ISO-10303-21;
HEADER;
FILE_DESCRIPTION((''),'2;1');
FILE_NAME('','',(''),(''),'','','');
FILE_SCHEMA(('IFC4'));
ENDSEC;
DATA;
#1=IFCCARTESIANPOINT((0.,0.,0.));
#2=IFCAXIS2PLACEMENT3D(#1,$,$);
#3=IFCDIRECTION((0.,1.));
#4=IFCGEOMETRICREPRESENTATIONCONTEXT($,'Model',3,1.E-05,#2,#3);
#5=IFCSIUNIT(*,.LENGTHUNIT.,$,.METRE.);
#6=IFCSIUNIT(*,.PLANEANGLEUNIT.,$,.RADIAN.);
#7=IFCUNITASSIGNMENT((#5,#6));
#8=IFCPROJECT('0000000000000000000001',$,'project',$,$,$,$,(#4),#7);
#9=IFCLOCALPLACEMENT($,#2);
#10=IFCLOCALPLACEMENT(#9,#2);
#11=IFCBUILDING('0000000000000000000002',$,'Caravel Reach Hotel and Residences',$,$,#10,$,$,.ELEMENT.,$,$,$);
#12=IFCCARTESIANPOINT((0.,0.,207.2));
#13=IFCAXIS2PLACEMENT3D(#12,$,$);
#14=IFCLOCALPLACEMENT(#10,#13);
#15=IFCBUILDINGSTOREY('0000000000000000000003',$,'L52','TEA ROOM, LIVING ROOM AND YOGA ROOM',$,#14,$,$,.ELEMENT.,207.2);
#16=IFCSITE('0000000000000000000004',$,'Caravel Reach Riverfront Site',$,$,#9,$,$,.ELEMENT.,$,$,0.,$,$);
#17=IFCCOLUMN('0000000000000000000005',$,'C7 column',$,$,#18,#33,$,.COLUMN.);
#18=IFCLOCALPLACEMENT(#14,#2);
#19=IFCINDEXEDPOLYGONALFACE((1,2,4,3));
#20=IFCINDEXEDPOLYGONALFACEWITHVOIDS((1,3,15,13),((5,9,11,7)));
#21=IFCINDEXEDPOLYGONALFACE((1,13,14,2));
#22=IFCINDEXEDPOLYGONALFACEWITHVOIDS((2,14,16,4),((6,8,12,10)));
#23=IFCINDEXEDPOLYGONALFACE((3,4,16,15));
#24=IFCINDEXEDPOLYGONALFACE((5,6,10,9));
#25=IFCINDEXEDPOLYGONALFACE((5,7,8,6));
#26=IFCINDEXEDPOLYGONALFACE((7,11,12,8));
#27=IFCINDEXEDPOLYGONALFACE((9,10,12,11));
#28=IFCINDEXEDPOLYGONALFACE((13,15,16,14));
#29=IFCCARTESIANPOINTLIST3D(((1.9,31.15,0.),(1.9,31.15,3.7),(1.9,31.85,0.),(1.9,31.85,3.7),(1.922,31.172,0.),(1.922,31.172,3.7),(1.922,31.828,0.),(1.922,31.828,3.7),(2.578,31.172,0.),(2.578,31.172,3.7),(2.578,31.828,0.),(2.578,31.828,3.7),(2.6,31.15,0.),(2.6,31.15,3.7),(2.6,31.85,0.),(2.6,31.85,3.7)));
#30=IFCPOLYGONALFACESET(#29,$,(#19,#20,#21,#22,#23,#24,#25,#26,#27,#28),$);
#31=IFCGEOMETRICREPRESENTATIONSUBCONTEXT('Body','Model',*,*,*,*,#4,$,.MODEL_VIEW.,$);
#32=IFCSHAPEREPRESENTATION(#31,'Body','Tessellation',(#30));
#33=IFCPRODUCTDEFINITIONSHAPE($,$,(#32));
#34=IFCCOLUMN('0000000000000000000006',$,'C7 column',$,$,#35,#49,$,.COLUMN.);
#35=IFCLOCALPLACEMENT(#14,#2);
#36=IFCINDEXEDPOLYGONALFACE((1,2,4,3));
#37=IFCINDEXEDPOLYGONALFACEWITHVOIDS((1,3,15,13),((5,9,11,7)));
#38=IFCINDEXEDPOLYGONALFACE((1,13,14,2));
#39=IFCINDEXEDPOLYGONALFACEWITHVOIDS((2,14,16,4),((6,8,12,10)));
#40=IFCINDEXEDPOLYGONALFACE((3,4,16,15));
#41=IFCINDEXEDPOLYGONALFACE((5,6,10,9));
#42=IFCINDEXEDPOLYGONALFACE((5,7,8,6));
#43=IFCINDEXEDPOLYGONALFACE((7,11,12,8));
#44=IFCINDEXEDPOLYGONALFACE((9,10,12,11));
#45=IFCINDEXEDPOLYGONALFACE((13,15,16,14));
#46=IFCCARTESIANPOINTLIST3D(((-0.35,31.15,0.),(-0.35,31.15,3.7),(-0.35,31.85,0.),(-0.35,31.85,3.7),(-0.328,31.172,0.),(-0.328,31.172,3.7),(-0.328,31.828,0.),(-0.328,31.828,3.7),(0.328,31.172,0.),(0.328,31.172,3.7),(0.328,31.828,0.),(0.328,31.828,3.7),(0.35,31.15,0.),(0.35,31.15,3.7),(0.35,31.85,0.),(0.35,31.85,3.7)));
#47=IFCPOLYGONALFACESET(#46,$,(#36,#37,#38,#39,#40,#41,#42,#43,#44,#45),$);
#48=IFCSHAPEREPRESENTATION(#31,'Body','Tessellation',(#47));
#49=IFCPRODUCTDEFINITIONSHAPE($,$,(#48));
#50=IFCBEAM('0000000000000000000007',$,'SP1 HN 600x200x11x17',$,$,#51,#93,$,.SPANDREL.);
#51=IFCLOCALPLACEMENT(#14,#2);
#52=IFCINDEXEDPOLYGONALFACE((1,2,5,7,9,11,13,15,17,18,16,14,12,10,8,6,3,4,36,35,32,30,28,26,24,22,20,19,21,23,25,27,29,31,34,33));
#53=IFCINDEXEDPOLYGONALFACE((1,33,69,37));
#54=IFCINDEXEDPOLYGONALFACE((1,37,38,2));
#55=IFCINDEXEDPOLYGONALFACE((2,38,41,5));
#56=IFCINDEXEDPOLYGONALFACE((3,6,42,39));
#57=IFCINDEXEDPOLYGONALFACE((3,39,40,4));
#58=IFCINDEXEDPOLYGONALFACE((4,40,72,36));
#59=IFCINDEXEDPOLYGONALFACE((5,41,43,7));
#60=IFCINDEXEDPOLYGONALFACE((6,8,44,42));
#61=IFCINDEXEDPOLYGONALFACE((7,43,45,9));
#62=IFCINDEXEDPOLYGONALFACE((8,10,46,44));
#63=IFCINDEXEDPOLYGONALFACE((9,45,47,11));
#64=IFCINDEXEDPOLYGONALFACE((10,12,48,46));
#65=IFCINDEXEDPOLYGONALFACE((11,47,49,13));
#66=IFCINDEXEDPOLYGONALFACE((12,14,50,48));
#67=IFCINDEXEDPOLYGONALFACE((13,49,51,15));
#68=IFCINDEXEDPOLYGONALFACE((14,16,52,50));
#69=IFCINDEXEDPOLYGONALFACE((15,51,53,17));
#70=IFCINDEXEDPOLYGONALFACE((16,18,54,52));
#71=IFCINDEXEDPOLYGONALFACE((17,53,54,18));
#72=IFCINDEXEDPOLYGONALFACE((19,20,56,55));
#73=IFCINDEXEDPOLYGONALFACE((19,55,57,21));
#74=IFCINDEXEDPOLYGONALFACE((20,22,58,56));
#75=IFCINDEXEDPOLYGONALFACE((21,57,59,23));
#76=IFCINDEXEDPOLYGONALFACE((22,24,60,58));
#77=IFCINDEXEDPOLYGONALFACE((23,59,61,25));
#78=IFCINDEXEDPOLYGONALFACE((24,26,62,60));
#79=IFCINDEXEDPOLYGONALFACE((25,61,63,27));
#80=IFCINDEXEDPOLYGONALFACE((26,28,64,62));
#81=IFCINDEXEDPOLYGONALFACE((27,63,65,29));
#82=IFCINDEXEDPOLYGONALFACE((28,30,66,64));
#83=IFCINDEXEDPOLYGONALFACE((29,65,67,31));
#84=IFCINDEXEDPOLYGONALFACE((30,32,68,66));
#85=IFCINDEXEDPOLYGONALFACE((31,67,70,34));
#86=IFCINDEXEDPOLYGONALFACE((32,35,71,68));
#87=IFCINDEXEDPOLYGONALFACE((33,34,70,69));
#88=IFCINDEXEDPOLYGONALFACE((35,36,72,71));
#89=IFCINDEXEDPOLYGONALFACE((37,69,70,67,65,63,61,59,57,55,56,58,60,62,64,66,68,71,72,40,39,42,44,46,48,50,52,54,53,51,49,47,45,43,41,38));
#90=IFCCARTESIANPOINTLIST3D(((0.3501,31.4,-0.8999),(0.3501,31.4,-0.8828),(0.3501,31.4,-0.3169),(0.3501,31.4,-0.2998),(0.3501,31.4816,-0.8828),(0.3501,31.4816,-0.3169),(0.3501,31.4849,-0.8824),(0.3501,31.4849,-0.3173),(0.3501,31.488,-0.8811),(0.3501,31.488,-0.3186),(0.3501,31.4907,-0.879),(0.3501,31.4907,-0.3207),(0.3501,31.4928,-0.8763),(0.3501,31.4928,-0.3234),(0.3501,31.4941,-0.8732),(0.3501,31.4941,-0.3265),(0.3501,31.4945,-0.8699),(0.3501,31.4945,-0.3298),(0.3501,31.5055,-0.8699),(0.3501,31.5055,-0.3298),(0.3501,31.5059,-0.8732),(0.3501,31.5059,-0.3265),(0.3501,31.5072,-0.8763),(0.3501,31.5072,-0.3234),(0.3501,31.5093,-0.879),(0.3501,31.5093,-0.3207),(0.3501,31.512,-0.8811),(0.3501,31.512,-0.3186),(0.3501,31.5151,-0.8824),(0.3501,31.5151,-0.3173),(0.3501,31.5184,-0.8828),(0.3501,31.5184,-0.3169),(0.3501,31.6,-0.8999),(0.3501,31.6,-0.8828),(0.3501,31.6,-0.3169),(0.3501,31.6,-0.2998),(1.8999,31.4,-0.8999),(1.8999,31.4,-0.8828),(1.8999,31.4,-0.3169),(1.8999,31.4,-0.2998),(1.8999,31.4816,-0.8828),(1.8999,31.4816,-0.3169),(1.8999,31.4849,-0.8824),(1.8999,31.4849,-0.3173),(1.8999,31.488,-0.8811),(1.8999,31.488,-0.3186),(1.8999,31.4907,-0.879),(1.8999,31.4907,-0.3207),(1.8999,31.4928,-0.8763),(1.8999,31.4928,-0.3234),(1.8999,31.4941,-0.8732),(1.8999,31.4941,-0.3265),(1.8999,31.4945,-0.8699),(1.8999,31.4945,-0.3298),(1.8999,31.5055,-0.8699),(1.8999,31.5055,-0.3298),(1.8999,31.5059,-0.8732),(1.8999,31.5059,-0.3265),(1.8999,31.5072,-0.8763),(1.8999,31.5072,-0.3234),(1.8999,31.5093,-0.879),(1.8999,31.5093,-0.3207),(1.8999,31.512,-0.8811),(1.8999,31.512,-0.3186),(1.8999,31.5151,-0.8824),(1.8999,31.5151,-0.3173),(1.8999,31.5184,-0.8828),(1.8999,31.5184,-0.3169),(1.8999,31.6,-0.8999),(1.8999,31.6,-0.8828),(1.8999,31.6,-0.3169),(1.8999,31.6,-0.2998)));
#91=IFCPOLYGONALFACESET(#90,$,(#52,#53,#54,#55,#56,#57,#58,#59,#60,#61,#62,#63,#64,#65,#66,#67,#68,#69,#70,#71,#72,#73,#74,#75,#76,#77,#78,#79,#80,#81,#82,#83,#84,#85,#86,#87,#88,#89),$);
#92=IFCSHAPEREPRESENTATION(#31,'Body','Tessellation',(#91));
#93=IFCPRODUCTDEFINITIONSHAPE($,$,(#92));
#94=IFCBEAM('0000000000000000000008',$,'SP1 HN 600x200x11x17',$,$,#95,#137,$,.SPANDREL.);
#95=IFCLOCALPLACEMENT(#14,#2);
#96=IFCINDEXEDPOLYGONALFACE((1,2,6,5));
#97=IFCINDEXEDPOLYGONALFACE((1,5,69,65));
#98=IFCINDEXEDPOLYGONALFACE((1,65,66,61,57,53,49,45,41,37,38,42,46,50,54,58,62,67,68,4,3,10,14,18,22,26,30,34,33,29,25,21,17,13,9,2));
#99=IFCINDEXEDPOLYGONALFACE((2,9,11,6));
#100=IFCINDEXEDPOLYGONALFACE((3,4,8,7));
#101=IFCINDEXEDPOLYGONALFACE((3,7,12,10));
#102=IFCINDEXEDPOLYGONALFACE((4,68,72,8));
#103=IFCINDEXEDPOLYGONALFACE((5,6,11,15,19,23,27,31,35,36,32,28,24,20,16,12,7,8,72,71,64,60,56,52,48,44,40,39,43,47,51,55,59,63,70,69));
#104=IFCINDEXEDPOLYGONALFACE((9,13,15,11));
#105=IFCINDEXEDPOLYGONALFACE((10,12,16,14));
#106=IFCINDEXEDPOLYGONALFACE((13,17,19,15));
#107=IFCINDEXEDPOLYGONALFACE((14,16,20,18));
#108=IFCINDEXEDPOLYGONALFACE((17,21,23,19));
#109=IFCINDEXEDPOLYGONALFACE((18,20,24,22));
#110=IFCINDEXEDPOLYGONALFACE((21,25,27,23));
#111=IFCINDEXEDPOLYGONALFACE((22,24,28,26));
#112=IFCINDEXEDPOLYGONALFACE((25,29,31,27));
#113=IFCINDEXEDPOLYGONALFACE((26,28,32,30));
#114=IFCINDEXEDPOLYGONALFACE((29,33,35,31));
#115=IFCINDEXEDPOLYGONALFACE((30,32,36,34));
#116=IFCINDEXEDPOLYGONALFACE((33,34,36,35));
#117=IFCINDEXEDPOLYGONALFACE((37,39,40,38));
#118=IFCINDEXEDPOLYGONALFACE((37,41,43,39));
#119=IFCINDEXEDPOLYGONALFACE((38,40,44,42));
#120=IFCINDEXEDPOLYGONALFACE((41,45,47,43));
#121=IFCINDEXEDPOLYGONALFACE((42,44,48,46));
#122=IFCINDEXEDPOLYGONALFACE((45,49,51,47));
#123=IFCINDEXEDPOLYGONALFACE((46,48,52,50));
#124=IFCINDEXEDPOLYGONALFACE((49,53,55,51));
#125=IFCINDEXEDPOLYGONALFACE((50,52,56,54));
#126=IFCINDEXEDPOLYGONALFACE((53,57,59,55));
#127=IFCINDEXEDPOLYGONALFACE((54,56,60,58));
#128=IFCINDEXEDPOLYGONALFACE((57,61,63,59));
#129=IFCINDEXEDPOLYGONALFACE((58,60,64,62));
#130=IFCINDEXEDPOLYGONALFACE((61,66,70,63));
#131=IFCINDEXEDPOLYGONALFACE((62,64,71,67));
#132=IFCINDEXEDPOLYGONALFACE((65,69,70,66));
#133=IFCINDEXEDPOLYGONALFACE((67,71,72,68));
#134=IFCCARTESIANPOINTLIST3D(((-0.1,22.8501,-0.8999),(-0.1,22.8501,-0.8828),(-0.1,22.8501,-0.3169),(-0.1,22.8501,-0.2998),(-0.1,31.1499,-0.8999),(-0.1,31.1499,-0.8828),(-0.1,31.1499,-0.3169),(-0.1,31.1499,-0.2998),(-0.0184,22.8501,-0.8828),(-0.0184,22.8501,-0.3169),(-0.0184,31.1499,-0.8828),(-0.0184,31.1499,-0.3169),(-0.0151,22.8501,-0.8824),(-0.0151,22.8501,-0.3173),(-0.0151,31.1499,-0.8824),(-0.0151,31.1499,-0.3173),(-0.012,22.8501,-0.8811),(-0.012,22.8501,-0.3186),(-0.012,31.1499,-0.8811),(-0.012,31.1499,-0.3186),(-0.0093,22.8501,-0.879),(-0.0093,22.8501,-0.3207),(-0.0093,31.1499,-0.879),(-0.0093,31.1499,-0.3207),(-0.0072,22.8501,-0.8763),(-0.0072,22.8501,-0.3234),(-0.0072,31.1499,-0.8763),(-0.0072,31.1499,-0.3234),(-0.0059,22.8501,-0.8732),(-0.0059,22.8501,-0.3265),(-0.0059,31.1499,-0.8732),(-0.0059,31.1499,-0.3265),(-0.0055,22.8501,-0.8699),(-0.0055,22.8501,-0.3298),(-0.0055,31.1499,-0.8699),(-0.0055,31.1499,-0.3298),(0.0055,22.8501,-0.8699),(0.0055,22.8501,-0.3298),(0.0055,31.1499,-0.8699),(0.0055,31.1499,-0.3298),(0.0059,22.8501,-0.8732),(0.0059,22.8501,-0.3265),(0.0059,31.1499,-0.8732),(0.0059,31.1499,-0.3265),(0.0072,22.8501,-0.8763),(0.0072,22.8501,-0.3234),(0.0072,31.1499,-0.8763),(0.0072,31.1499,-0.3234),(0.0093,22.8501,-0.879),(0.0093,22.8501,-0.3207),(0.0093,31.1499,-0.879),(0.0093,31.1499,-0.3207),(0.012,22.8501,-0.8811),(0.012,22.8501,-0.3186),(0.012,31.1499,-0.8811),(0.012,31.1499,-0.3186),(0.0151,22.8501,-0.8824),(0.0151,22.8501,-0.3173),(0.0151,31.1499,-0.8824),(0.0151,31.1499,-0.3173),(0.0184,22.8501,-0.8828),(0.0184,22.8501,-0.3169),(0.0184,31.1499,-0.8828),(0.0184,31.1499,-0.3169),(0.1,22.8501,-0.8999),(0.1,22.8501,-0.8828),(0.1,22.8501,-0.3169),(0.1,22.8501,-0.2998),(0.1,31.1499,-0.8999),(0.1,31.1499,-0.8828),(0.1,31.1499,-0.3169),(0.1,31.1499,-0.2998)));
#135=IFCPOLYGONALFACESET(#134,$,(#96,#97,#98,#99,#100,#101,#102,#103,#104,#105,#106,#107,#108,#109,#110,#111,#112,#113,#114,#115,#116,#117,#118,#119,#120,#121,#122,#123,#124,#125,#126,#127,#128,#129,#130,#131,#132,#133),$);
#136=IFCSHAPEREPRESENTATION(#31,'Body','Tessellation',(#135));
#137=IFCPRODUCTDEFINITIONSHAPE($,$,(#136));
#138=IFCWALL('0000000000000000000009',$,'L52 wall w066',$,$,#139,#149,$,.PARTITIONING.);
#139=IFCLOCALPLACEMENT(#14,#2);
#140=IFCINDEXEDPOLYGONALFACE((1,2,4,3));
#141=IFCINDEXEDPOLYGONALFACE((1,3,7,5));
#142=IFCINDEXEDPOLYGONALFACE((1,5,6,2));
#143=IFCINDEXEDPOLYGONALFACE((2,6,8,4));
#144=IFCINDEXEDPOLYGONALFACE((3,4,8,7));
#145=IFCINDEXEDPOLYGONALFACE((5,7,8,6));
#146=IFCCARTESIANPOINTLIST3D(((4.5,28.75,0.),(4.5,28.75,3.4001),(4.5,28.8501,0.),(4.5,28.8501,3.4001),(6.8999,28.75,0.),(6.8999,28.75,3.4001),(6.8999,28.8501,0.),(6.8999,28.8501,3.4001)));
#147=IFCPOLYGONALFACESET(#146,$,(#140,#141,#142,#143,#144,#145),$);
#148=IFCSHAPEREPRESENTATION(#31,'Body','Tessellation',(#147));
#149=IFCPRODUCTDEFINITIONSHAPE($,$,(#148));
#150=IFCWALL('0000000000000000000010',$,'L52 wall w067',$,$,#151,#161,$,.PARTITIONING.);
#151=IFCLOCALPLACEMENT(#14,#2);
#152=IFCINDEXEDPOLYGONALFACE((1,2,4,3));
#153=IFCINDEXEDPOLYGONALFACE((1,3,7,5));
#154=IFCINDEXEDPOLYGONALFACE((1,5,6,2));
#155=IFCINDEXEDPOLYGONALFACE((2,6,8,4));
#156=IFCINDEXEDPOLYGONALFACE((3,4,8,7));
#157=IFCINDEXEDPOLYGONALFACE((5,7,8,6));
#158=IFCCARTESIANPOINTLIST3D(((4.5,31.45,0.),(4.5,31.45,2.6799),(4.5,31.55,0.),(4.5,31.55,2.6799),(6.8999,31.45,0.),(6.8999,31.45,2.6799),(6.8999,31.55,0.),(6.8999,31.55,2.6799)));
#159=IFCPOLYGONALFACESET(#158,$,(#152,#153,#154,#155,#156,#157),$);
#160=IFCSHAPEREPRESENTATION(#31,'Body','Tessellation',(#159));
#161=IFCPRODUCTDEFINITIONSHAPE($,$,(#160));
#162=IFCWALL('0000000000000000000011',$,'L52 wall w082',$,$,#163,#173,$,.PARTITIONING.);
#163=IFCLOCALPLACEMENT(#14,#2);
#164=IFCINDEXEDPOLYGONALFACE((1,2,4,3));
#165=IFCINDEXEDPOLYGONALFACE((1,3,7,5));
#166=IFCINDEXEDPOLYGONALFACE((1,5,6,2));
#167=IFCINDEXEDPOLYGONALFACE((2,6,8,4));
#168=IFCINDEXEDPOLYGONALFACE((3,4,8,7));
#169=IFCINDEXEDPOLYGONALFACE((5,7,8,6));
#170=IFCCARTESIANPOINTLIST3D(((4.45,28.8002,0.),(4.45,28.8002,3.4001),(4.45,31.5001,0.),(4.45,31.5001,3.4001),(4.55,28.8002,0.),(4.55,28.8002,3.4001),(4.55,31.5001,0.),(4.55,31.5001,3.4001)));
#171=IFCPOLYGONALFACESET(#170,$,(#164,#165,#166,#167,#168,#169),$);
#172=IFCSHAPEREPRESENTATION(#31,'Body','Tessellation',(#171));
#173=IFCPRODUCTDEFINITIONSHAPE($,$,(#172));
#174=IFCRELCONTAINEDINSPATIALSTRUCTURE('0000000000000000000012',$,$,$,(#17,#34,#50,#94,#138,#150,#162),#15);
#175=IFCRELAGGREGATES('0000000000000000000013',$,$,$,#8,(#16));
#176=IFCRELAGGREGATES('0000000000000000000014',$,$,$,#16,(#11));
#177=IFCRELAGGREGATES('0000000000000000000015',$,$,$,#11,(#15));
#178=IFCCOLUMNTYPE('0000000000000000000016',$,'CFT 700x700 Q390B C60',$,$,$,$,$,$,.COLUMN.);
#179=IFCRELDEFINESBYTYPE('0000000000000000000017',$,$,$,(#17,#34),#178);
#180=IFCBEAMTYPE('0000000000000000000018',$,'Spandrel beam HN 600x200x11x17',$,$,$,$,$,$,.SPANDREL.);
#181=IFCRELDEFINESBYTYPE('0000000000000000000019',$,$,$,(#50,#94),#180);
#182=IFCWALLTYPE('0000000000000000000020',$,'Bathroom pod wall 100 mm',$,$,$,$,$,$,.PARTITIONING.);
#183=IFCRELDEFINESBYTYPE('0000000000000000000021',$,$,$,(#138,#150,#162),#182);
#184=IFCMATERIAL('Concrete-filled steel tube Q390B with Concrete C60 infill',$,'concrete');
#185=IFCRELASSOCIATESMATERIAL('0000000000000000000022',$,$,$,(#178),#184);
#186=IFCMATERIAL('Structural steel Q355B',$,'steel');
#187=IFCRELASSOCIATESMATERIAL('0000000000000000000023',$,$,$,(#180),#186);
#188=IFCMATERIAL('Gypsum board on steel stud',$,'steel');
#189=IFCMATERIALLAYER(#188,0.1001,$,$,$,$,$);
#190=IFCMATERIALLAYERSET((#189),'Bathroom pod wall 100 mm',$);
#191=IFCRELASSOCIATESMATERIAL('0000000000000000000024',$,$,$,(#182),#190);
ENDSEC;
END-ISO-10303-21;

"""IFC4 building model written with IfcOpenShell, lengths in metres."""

from ifc_helpers import new_model, si_unit, direction, frame, frame_2d, origin, origin_2d, place, context, subcontext, project, spatial, rectangle, hollow_rectangle, i_section, extrude, material, layer, layer_set, material_profile, profile_set, type_object, element, save


model = new_model("IFC4")

# Units and contexts
model_context = context("Model", 3, precision=1e-05, world=origin(), true_north=direction((0.0, 1.0)))
body_context = subcontext(model_context, "Body", "Model", "MODEL_VIEW")
ifc_project = project(units=[si_unit("LENGTHUNIT", "METRE"), si_unit("PLANEANGLEUNIT", "RADIAN")], contexts=[model_context])

# Site, building, storey
site_placement = place(None, origin())
site = spatial("IfcSite", under=ifc_project, at=site_placement, Name="Caravel Reach Riverfront Site", CompositionType="ELEMENT", RefElevation=0.0)
building_placement = place(site_placement, origin())
building = spatial("IfcBuilding", under=site, at=building_placement, Name="Caravel Reach Hotel and Residences", CompositionType="ELEMENT")
storey_placement = place(building_placement, frame((0.0, 0.0, 207.2)))
storey = spatial("IfcBuildingStorey", under=building, at=storey_placement, Name="L52", Description="TEA ROOM, LIVING ROOM AND YOGA ROOM", CompositionType="ELEMENT", Elevation=207.2)

# Columns
ifc_material_1 = material(Name="Concrete-filled steel tube Q390B with Concrete C60 infill", Category="concrete")
ifc_material_profile_1 = material_profile(ifc_material_1, hollow_rectangle(XDim=0.7, YDim=0.7, WallThickness=0.022, at=origin_2d()), Name="RHS 700x700x22")
ifc_profile_set_1 = profile_set([ifc_material_profile_1], Name="Concrete-filled steel tube Q390B with Concrete C60 infill")
column_type = type_object("IfcColumnType", Name="CFT 700x700 Q390B C60", PredefinedType="COLUMN", material=ifc_profile_set_1)
for number, where, z_axis, x_axis, name in (
    (1, (2.25, 31.5, 0.0), (0.0, 0.0, 1.0), (1.0, 0.0, 0.0), "C7 column"),
    (2, (0.0, 31.5, 0.0), (0.0, 0.0, 1.0), (1.0, 0.0, 0.0), "C7 column"),
):
    element("IfcColumn", number, at=place(storey_placement, frame(where, z_axis=z_axis, x_axis=x_axis)), inside=storey, type_object=column_type, Name=name, PredefinedType="COLUMN", context=body_context, shape_type="SweptSolid", body=[
        extrude(hollow_rectangle(XDim=0.7, YDim=0.7, WallThickness=0.022, at=origin_2d()), origin(), (0.0, 0.0, 1.0), 3.7),
    ])

# Beams
ifc_material_2 = material(Name="Structural steel Q355B", Category="steel")
ifc_material_profile_2 = material_profile(ifc_material_2, i_section(OverallWidth=0.2, OverallDepth=0.6001, WebThickness=0.011, FlangeThickness=0.0171, FilletRadius=0.0129, at=origin_2d()), Name="HN 600x200x11x17")
ifc_profile_set_2 = profile_set([ifc_material_profile_2], Name="Structural steel Q355B")
beam_type = type_object("IfcBeamType", Name="Spandrel beam HN 600x200x11x17", PredefinedType="SPANDREL", material=ifc_profile_set_2)
beam_1_placement = place(storey_placement, frame((1.8999, 31.5, -0.5999), z_axis=(-1.0, 0.0, 0.0), x_axis=(0.0, -1.0, 0.0)))
element("IfcBeam", 3, at=beam_1_placement, inside=storey, type_object=beam_type, Name="SP1 HN 600x200x11x17", PredefinedType="SPANDREL", context=body_context, shape_type="SweptSolid", body=[
    extrude(i_section(OverallWidth=0.2, OverallDepth=0.6001, WebThickness=0.011, FlangeThickness=0.0171, FilletRadius=0.0129, at=origin_2d()), origin(), (0.0, 0.0, 1.0), 1.5498),
])
beam_2_placement = place(storey_placement, frame((0.0, 31.1499, -0.5999), z_axis=(0.0, -1.0, 0.0), x_axis=(1.0, 0.0, 0.0)))
element("IfcBeam", 4, at=beam_2_placement, inside=storey, type_object=beam_type, Name="SP1 HN 600x200x11x17", PredefinedType="SPANDREL", context=body_context, shape_type="SweptSolid", body=[
    extrude(i_section(OverallWidth=0.2, OverallDepth=0.6001, WebThickness=0.011, FlangeThickness=0.0171, FilletRadius=0.0129, at=origin_2d()), origin(), (0.0, 0.0, 1.0), 8.2998),
])

# Walls
ifc_material_3 = material(Name="Gypsum board on steel stud", Category="steel")
ifc_layer_1 = layer(ifc_material_3, 0.1001)
ifc_layer_set_1 = layer_set([ifc_layer_1], Name="Bathroom pod wall 100 mm")
wall_type_1 = type_object("IfcWallType", Name="Bathroom pod wall 100 mm", PredefinedType="PARTITIONING", material=ifc_layer_set_1)
wall_1_placement = place(storey_placement, frame((4.5, 28.8, 0.0), z_axis=(0.0, 0.0, 1.0), x_axis=(1.0, 0.0, 0.0)))
element("IfcWall", 5, at=wall_1_placement, inside=storey, type_object=wall_type_1, Name="L52 wall w066", PredefinedType="PARTITIONING", context=body_context, shape_type="SweptSolid", body=[
    extrude(rectangle(XDim=2.3999, YDim=0.1001, at=frame_2d((1.2, 0.0))), origin(), (0.0, 0.0, 1.0), 3.4001),
])
wall_2_placement = place(storey_placement, frame((4.5, 31.5, 0.0), z_axis=(0.0, 0.0, 1.0), x_axis=(1.0, 0.0, 0.0)))
element("IfcWall", 6, at=wall_2_placement, inside=storey, type_object=wall_type_1, Name="L52 wall w067", PredefinedType="PARTITIONING", context=body_context, shape_type="SweptSolid", body=[
    extrude(rectangle(XDim=2.3999, YDim=0.1001, at=frame_2d((1.2, 0.0))), origin(), (0.0, 0.0, 1.0), 2.6799),
])
wall_3_placement = place(storey_placement, frame((4.5, 28.8, 0.0), z_axis=(0.0, 0.0, 1.0), x_axis=(0.0, 1.0, 0.0)))
element("IfcWall", 7, at=wall_3_placement, inside=storey, type_object=wall_type_1, Name="L52 wall w082", PredefinedType="PARTITIONING", context=body_context, shape_type="SweptSolid", body=[
    extrude(rectangle(XDim=2.7, YDim=0.1001, at=frame_2d((1.3501, 0.0))), origin(), (0.0, 0.0, 1.0), 3.4001),
])

save(model, "model.ifc")
